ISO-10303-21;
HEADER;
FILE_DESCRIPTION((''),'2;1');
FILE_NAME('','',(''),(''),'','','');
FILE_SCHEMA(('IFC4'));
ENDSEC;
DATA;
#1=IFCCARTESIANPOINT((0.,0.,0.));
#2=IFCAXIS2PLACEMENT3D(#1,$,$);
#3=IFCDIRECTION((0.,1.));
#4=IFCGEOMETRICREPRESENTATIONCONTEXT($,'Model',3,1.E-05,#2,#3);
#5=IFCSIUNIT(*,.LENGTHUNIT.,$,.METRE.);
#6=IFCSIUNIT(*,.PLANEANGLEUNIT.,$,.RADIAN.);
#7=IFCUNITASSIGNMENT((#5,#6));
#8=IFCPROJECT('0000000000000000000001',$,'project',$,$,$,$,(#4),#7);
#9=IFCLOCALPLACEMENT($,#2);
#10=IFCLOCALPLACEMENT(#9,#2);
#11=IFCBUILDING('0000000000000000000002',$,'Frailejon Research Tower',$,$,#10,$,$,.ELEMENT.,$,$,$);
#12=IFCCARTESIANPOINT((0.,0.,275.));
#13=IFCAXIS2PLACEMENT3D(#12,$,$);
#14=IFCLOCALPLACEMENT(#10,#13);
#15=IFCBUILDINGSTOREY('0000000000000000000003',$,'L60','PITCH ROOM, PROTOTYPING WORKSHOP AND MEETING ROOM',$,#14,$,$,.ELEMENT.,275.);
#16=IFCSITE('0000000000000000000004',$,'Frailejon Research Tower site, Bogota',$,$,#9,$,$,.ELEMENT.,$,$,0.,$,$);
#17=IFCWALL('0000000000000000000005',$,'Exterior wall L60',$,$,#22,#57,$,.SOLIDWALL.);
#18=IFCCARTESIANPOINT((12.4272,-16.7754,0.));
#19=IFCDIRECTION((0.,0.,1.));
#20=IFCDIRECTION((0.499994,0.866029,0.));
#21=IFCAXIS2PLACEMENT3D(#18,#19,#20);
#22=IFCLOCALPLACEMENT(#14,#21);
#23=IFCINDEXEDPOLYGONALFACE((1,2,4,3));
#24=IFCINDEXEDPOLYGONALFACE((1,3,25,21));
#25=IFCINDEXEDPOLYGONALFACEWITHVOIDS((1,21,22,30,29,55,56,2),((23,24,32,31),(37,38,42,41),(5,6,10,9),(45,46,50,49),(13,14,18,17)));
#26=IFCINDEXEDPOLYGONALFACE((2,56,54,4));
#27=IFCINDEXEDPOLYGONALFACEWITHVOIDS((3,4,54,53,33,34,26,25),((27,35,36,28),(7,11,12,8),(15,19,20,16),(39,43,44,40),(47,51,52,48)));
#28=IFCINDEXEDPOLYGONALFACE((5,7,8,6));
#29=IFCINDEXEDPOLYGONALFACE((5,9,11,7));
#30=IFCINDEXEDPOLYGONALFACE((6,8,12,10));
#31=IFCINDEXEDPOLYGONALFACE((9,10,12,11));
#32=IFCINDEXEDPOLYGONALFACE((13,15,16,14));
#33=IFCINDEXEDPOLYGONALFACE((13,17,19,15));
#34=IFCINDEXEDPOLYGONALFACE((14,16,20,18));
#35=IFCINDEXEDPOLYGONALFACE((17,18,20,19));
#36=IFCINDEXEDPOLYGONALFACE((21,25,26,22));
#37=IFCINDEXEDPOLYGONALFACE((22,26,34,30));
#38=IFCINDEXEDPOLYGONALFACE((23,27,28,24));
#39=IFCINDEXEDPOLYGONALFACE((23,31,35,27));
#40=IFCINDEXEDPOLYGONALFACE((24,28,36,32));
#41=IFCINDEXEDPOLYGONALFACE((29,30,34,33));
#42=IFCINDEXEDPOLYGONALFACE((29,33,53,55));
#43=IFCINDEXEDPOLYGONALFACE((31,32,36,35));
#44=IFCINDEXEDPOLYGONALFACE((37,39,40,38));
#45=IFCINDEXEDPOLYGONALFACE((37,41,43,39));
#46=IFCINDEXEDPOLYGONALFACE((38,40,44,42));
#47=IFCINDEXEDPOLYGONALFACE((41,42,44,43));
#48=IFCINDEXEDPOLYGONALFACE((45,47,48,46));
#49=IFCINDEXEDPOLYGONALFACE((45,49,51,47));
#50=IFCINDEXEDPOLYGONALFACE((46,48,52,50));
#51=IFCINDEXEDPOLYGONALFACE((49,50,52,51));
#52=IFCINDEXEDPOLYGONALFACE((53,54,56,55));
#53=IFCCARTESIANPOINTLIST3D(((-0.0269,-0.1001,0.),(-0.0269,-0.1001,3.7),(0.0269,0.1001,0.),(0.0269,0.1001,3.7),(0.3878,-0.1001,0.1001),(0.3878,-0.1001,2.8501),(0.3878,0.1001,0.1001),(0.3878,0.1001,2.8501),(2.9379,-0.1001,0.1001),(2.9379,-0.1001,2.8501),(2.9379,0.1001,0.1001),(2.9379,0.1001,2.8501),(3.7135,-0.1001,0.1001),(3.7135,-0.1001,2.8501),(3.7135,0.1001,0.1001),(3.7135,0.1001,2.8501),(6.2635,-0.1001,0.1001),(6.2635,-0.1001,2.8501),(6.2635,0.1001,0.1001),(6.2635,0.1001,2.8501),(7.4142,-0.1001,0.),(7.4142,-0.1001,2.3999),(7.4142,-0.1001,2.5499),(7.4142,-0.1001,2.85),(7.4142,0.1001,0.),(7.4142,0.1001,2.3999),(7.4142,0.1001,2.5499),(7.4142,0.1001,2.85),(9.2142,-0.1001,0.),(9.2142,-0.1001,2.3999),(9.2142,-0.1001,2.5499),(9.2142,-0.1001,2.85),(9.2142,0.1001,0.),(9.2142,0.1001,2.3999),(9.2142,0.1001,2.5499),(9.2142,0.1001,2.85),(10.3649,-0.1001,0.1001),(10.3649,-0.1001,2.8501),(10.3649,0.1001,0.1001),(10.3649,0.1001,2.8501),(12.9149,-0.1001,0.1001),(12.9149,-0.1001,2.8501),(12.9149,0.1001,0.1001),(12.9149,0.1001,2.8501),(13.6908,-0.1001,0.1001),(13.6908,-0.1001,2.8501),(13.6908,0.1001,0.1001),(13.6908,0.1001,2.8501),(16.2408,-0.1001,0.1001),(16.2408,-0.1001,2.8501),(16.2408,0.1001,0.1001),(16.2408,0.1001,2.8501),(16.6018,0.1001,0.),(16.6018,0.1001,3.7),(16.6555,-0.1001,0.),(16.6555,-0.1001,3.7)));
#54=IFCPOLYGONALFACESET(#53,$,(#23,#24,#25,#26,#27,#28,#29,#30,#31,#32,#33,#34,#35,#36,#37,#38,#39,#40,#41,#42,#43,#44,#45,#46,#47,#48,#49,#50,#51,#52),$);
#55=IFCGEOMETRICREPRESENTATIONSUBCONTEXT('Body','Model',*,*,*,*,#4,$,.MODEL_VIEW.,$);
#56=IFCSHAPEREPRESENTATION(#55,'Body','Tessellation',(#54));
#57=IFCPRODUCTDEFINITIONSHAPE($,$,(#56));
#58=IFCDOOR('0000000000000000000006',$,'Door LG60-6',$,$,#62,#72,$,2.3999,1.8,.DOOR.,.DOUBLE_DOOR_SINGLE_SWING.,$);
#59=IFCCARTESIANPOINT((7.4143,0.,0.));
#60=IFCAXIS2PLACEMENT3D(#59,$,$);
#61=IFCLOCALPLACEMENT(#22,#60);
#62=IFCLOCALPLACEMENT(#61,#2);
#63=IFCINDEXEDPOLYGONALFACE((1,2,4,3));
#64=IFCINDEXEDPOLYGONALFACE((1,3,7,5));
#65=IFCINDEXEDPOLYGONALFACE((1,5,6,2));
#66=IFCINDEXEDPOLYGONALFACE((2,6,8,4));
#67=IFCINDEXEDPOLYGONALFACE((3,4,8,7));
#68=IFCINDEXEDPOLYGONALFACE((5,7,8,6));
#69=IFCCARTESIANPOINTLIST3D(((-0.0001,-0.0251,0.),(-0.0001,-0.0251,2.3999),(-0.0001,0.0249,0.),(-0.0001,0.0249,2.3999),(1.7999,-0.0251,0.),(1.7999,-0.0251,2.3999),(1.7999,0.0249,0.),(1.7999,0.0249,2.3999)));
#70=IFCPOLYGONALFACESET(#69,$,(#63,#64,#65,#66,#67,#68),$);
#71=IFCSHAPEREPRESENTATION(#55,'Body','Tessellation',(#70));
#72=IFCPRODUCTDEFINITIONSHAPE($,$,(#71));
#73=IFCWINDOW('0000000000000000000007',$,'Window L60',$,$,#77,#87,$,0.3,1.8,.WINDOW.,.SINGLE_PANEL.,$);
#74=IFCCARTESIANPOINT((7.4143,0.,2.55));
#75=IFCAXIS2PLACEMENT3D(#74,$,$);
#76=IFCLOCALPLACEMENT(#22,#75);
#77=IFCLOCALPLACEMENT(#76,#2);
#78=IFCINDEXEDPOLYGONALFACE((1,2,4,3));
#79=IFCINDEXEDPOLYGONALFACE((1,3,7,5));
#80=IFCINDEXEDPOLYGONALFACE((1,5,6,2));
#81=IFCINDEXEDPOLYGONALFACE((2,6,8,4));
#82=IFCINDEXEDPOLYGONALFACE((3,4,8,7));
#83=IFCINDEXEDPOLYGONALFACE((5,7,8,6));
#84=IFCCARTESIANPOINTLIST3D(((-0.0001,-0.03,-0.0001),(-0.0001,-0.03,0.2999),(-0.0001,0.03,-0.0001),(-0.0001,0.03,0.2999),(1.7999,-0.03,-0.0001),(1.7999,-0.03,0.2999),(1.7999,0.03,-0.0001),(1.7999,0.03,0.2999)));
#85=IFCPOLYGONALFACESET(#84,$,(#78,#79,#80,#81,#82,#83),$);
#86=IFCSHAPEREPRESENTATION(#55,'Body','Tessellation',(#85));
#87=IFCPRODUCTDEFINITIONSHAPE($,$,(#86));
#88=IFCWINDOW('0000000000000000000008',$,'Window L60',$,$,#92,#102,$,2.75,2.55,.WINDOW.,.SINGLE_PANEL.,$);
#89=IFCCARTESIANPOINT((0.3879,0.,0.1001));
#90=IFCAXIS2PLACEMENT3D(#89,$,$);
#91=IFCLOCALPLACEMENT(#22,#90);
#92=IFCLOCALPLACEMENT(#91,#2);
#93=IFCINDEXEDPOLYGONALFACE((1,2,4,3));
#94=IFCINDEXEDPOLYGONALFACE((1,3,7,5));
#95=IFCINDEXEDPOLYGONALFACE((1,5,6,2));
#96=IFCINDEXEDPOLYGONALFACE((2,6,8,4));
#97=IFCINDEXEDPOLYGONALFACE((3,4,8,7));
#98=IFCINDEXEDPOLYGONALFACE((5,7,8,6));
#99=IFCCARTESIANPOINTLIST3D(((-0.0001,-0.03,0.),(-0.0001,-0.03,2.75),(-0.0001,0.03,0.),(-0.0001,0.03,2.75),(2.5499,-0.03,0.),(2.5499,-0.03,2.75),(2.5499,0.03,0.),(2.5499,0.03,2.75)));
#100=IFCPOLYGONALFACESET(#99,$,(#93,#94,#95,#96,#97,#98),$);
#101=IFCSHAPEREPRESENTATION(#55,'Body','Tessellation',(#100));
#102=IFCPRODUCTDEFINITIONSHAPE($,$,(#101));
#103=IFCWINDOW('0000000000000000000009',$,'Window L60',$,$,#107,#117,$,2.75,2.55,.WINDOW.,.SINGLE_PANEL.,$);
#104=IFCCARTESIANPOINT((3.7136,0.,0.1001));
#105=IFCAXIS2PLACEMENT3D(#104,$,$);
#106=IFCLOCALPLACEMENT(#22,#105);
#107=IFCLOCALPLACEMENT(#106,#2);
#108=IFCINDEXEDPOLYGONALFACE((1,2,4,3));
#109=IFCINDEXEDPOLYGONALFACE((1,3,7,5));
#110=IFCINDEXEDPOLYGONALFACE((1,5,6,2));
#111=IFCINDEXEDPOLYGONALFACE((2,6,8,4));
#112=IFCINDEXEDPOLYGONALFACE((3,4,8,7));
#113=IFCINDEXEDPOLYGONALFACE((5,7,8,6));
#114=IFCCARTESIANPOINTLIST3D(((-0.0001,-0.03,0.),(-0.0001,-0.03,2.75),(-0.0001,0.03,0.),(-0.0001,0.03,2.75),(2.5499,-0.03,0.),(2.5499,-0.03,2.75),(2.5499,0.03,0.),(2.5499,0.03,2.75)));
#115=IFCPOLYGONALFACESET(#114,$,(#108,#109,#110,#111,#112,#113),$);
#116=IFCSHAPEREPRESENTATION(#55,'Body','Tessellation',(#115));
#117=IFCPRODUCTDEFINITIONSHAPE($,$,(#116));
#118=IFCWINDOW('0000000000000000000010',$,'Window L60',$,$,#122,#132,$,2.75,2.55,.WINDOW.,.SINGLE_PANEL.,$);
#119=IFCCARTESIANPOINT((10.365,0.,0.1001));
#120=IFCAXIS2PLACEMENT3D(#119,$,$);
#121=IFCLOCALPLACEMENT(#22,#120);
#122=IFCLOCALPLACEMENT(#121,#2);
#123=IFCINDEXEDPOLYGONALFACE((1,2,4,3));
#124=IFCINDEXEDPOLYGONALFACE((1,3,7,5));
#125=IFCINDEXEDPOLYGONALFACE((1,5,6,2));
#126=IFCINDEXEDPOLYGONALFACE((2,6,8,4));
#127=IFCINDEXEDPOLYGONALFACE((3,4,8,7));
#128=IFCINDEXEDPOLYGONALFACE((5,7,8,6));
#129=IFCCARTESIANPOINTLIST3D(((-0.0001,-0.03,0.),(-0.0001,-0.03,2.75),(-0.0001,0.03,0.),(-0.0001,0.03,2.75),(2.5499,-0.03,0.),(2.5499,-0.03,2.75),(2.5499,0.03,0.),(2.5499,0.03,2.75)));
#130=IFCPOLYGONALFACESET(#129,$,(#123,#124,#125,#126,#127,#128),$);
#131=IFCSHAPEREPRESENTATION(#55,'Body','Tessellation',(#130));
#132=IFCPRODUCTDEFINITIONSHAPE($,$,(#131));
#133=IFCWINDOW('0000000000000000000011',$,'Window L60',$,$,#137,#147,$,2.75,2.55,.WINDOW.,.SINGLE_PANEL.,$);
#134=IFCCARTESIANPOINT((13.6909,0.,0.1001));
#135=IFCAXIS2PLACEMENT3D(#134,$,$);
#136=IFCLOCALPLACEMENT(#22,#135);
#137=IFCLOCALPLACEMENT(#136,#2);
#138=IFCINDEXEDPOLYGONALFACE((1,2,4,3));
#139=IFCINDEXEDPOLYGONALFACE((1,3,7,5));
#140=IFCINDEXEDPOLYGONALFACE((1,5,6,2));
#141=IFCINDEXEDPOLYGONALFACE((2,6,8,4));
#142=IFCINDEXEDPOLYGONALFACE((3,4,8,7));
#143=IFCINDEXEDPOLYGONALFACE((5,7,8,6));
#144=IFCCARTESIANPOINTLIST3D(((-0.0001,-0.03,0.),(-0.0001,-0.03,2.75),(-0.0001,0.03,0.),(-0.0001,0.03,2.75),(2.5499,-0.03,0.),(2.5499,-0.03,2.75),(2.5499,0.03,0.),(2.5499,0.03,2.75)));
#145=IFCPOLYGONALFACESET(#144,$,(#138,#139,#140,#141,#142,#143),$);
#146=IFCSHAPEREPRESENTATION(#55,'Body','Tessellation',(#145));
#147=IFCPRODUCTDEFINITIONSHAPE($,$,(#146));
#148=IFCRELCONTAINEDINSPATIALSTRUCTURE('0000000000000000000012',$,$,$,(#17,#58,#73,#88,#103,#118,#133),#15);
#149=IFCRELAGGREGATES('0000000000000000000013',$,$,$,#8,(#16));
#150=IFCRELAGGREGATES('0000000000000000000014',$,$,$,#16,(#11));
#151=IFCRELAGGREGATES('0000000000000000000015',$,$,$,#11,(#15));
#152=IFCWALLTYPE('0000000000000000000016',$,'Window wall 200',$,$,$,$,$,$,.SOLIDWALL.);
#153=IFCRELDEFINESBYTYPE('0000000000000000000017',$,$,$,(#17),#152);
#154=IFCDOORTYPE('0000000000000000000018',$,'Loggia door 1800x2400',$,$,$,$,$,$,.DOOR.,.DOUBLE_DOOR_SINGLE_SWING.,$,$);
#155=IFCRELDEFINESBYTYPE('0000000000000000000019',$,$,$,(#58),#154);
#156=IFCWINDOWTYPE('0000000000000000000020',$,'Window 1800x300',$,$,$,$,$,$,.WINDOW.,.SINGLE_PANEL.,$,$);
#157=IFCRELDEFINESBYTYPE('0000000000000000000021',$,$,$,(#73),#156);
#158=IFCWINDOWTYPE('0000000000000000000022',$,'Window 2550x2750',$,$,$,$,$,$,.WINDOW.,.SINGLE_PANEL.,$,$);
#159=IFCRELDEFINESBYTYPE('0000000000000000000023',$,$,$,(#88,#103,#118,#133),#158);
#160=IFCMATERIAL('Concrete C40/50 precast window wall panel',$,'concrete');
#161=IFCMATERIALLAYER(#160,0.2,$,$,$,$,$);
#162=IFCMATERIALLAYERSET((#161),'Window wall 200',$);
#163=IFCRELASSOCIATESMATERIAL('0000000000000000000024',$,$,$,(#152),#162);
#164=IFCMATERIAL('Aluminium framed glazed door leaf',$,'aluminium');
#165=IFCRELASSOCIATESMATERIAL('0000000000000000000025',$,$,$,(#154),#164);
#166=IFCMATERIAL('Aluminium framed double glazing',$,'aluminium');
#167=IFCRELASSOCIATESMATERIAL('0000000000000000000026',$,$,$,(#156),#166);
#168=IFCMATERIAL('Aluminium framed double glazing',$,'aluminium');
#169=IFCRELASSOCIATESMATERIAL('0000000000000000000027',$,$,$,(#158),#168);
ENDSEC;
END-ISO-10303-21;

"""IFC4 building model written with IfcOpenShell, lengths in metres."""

from ifc_helpers import new_model, si_unit, direction, frame, frame_2d, origin, place, context, subcontext, project, spatial, polyline, rectangle, outline, extrude, material, layer, layer_set, type_object, element, fill, save


model = new_model("IFC4")

# Units and contexts
model_context = context("Model", 3, precision=1e-05, world=origin(), true_north=direction((0.0, 1.0)))
body_context = subcontext(model_context, "Body", "Model", "MODEL_VIEW")
ifc_project = project(units=[si_unit("LENGTHUNIT", "METRE"), si_unit("PLANEANGLEUNIT", "RADIAN")], contexts=[model_context])

# Site, building, storey
site_placement = place(None, origin())
site = spatial("IfcSite", under=ifc_project, at=site_placement, Name="Frailejon Research Tower site, Bogota", CompositionType="ELEMENT", RefElevation=0.0)
building_placement = place(site_placement, origin())
building = spatial("IfcBuilding", under=site, at=building_placement, Name="Frailejon Research Tower", CompositionType="ELEMENT")
storey_placement = place(building_placement, frame((0.0, 0.0, 275.0)))
storey = spatial("IfcBuildingStorey", under=building, at=storey_placement, Name="L60", Description="PITCH ROOM, PROTOTYPING WORKSHOP AND MEETING ROOM", CompositionType="ELEMENT", Elevation=275.0)

# Wall, openings, door, windows
ifc_material_1 = material(Name="Concrete C40/50 precast window wall panel", Category="concrete")
ifc_layer_1 = layer(ifc_material_1, 0.2)
ifc_layer_set_1 = layer_set([ifc_layer_1], Name="Window wall 200")
wall_type = type_object("IfcWallType", Name="Window wall 200", PredefinedType="SOLIDWALL", material=ifc_layer_set_1)
wall_placement = place(storey_placement, frame((12.4272, -16.7754, 0.0), z_axis=(0.0, 0.0, 1.0), x_axis=(0.499994, 0.866029, 0.0)))
wall = element("IfcWall", 1, at=wall_placement, inside=storey, type_object=wall_type, Name="Exterior wall L60", PredefinedType="SOLIDWALL", context=body_context, shape_type="SweptSolid", body=[
    extrude(outline(polyline([(-0.0269, -0.1001), (1.0159, -0.1001), (2.0583, -0.1001), (3.1011, -0.1001), (4.1438, -0.1001), (5.1863, -0.1001), (6.229, -0.1001), (7.2717, -0.1001), (8.3145, -0.1001), (9.3569, -0.1001), (10.3997, -0.1001), (11.4424, -0.1001), (12.4849, -0.1001), (13.5276, -0.1001), (14.5703, -0.1001), (15.6128, -0.1001), (16.6555, -0.1001), (16.6018, 0.1001), (15.5659, 0.1001), (14.53, 0.1001), (13.4939, 0.1001), (12.458, 0.1001), (11.4221, 0.1001), (10.3862, 0.1001), (9.3503, 0.1001), (8.3145, 0.1001), (7.2783, 0.1001), (6.2424, 0.1001), (5.2065, 0.1001), (4.1707, 0.1001), (3.1348, 0.1001), (2.0986, 0.1001), (1.0627, 0.1001), (0.0269, 0.1001), (-0.0269, -0.1001)])), origin(), (0.0, 0.0, 1.0), 3.7),
])
opening_1_placement = place(wall_placement, frame((0.3879, 0.0, 0.1001)))
opening_1 = element("IfcOpeningElement", 2, at=opening_1_placement, cuts=wall, PredefinedType="OPENING", context=body_context, shape_type="SweptSolid", body=[
    extrude(rectangle(XDim=2.55, YDim=2.75, at=frame_2d((1.2749, 1.375))), frame((0.0, 0.1099, 0.0), z_axis=(0.0, -1.0, 0.0), x_axis=(1.0, 0.0, 0.0)), (0.0, 0.0, 1.0), 0.22),
])
opening_2_placement = place(wall_placement, frame((3.7136, 0.0, 0.1001)))
opening_2 = element("IfcOpeningElement", 3, at=opening_2_placement, cuts=wall, PredefinedType="OPENING", context=body_context, shape_type="SweptSolid", body=[
    extrude(rectangle(XDim=2.55, YDim=2.75, at=frame_2d((1.2749, 1.375))), frame((0.0, 0.1099, 0.0), z_axis=(0.0, -1.0, 0.0), x_axis=(1.0, 0.0, 0.0)), (0.0, 0.0, 1.0), 0.22),
])
opening_3_placement = place(wall_placement, frame((7.4143, 0.0, 0.0)))
opening_3 = element("IfcOpeningElement", 4, at=opening_3_placement, cuts=wall, PredefinedType="OPENING", context=body_context, shape_type="SweptSolid", body=[
    extrude(rectangle(XDim=1.8, YDim=2.3999, at=frame_2d((0.8999, 1.2))), frame((0.0, 0.1099, 0.0), z_axis=(0.0, -1.0, 0.0), x_axis=(1.0, 0.0, 0.0)), (0.0, 0.0, 1.0), 0.22),
])
opening_4_placement = place(wall_placement, frame((7.4143, 0.0, 2.55)))
opening_4 = element("IfcOpeningElement", 5, at=opening_4_placement, cuts=wall, PredefinedType="OPENING", context=body_context, shape_type="SweptSolid", body=[
    extrude(rectangle(XDim=1.8, YDim=0.3, at=frame_2d((0.8999, 0.1499))), frame((0.0, 0.1099, 0.0), z_axis=(0.0, -1.0, 0.0), x_axis=(1.0, 0.0, 0.0)), (0.0, 0.0, 1.0), 0.22),
])
opening_5_placement = place(wall_placement, frame((10.365, 0.0, 0.1001)))
opening_5 = element("IfcOpeningElement", 6, at=opening_5_placement, cuts=wall, PredefinedType="OPENING", context=body_context, shape_type="SweptSolid", body=[
    extrude(rectangle(XDim=2.55, YDim=2.75, at=frame_2d((1.2749, 1.375))), frame((0.0, 0.1099, 0.0), z_axis=(0.0, -1.0, 0.0), x_axis=(1.0, 0.0, 0.0)), (0.0, 0.0, 1.0), 0.22),
])
opening_6_placement = place(wall_placement, frame((13.6909, 0.0, 0.1001)))
opening_6 = element("IfcOpeningElement", 7, at=opening_6_placement, cuts=wall, PredefinedType="OPENING", context=body_context, shape_type="SweptSolid", body=[
    extrude(rectangle(XDim=2.55, YDim=2.75, at=frame_2d((1.2749, 1.375))), frame((0.0, 0.1099, 0.0), z_axis=(0.0, -1.0, 0.0), x_axis=(1.0, 0.0, 0.0)), (0.0, 0.0, 1.0), 0.22),
])
ifc_material_2 = material(Name="Aluminium framed glazed door leaf", Category="aluminium")
door_type = type_object("IfcDoorType", Name="Loggia door 1800x2400", OperationType="DOUBLE_DOOR_SINGLE_SWING", PredefinedType="DOOR", material=ifc_material_2)
door_placement = place(opening_3_placement, origin())
door = element("IfcDoor", 8, at=door_placement, inside=storey, type_object=door_type, Name="Door LG60-6", OperationType="DOUBLE_DOOR_SINGLE_SWING", OverallHeight=2.3999, OverallWidth=1.8, PredefinedType="DOOR", context=body_context, shape_type="SweptSolid", body=[
    extrude(rectangle(XDim=1.8, YDim=2.3999, at=frame_2d((0.8999, 1.2))), frame((0.0, 0.0249, 0.0), z_axis=(0.0, -1.0, 0.0), x_axis=(1.0, 0.0, 0.0)), (0.0, 0.0, 1.0), 0.05),
])
fill(opening_3, door)
ifc_material_3 = material(Name="Aluminium framed double glazing", Category="aluminium")
window_type_1 = type_object("IfcWindowType", Name="Window 1800x300", PartitioningType="SINGLE_PANEL", PredefinedType="WINDOW", material=ifc_material_3)
window_1_placement = place(opening_4_placement, origin())
window_1 = element("IfcWindow", 9, at=window_1_placement, inside=storey, type_object=window_type_1, Name="Window L60", OverallHeight=0.3, OverallWidth=1.8, PartitioningType="SINGLE_PANEL", PredefinedType="WINDOW", context=body_context, shape_type="SweptSolid", body=[
    extrude(rectangle(XDim=1.8, YDim=0.3, at=frame_2d((0.8999, 0.1499))), frame((0.0, 0.03, 0.0), z_axis=(0.0, -1.0, 0.0), x_axis=(1.0, 0.0, 0.0)), (0.0, 0.0, 1.0), 0.0601),
])
fill(opening_4, window_1)
ifc_material_4 = material(Name="Aluminium framed double glazing", Category="aluminium")
window_type_2 = type_object("IfcWindowType", Name="Window 2550x2750", PartitioningType="SINGLE_PANEL", PredefinedType="WINDOW", material=ifc_material_4)
window_2_placement = place(opening_1_placement, origin())
window_2 = element("IfcWindow", 10, at=window_2_placement, inside=storey, type_object=window_type_2, Name="Window L60", OverallHeight=2.75, OverallWidth=2.55, PartitioningType="SINGLE_PANEL", PredefinedType="WINDOW", context=body_context, shape_type="SweptSolid", body=[
    extrude(rectangle(XDim=2.55, YDim=2.75, at=frame_2d((1.2749, 1.375))), frame((0.0, 0.03, 0.0), z_axis=(0.0, -1.0, 0.0), x_axis=(1.0, 0.0, 0.0)), (0.0, 0.0, 1.0), 0.0601),
])
fill(opening_1, window_2)
window_3_placement = place(opening_2_placement, origin())
window_3 = element("IfcWindow", 11, at=window_3_placement, inside=storey, type_object=window_type_2, Name="Window L60", OverallHeight=2.75, OverallWidth=2.55, PartitioningType="SINGLE_PANEL", PredefinedType="WINDOW", context=body_context, shape_type="SweptSolid", body=[
    extrude(rectangle(XDim=2.55, YDim=2.75, at=frame_2d((1.2749, 1.375))), frame((0.0, 0.03, 0.0), z_axis=(0.0, -1.0, 0.0), x_axis=(1.0, 0.0, 0.0)), (0.0, 0.0, 1.0), 0.0601),
])
fill(opening_2, window_3)
window_4_placement = place(opening_5_placement, origin())
window_4 = element("IfcWindow", 12, at=window_4_placement, inside=storey, type_object=window_type_2, Name="Window L60", OverallHeight=2.75, OverallWidth=2.55, PartitioningType="SINGLE_PANEL", PredefinedType="WINDOW", context=body_context, shape_type="SweptSolid", body=[
    extrude(rectangle(XDim=2.55, YDim=2.75, at=frame_2d((1.2749, 1.375))), frame((0.0, 0.03, 0.0), z_axis=(0.0, -1.0, 0.0), x_axis=(1.0, 0.0, 0.0)), (0.0, 0.0, 1.0), 0.0601),
])
fill(opening_5, window_4)
window_5_placement = place(opening_6_placement, origin())
window_5 = element("IfcWindow", 13, at=window_5_placement, inside=storey, type_object=window_type_2, Name="Window L60", OverallHeight=2.75, OverallWidth=2.55, PartitioningType="SINGLE_PANEL", PredefinedType="WINDOW", context=body_context, shape_type="SweptSolid", body=[
    extrude(rectangle(XDim=2.55, YDim=2.75, at=frame_2d((1.2749, 1.375))), frame((0.0, 0.03, 0.0), z_axis=(0.0, -1.0, 0.0), x_axis=(1.0, 0.0, 0.0)), (0.0, 0.0, 1.0), 0.0601),
])
fill(opening_6, window_5)

save(model, "model.ifc")
